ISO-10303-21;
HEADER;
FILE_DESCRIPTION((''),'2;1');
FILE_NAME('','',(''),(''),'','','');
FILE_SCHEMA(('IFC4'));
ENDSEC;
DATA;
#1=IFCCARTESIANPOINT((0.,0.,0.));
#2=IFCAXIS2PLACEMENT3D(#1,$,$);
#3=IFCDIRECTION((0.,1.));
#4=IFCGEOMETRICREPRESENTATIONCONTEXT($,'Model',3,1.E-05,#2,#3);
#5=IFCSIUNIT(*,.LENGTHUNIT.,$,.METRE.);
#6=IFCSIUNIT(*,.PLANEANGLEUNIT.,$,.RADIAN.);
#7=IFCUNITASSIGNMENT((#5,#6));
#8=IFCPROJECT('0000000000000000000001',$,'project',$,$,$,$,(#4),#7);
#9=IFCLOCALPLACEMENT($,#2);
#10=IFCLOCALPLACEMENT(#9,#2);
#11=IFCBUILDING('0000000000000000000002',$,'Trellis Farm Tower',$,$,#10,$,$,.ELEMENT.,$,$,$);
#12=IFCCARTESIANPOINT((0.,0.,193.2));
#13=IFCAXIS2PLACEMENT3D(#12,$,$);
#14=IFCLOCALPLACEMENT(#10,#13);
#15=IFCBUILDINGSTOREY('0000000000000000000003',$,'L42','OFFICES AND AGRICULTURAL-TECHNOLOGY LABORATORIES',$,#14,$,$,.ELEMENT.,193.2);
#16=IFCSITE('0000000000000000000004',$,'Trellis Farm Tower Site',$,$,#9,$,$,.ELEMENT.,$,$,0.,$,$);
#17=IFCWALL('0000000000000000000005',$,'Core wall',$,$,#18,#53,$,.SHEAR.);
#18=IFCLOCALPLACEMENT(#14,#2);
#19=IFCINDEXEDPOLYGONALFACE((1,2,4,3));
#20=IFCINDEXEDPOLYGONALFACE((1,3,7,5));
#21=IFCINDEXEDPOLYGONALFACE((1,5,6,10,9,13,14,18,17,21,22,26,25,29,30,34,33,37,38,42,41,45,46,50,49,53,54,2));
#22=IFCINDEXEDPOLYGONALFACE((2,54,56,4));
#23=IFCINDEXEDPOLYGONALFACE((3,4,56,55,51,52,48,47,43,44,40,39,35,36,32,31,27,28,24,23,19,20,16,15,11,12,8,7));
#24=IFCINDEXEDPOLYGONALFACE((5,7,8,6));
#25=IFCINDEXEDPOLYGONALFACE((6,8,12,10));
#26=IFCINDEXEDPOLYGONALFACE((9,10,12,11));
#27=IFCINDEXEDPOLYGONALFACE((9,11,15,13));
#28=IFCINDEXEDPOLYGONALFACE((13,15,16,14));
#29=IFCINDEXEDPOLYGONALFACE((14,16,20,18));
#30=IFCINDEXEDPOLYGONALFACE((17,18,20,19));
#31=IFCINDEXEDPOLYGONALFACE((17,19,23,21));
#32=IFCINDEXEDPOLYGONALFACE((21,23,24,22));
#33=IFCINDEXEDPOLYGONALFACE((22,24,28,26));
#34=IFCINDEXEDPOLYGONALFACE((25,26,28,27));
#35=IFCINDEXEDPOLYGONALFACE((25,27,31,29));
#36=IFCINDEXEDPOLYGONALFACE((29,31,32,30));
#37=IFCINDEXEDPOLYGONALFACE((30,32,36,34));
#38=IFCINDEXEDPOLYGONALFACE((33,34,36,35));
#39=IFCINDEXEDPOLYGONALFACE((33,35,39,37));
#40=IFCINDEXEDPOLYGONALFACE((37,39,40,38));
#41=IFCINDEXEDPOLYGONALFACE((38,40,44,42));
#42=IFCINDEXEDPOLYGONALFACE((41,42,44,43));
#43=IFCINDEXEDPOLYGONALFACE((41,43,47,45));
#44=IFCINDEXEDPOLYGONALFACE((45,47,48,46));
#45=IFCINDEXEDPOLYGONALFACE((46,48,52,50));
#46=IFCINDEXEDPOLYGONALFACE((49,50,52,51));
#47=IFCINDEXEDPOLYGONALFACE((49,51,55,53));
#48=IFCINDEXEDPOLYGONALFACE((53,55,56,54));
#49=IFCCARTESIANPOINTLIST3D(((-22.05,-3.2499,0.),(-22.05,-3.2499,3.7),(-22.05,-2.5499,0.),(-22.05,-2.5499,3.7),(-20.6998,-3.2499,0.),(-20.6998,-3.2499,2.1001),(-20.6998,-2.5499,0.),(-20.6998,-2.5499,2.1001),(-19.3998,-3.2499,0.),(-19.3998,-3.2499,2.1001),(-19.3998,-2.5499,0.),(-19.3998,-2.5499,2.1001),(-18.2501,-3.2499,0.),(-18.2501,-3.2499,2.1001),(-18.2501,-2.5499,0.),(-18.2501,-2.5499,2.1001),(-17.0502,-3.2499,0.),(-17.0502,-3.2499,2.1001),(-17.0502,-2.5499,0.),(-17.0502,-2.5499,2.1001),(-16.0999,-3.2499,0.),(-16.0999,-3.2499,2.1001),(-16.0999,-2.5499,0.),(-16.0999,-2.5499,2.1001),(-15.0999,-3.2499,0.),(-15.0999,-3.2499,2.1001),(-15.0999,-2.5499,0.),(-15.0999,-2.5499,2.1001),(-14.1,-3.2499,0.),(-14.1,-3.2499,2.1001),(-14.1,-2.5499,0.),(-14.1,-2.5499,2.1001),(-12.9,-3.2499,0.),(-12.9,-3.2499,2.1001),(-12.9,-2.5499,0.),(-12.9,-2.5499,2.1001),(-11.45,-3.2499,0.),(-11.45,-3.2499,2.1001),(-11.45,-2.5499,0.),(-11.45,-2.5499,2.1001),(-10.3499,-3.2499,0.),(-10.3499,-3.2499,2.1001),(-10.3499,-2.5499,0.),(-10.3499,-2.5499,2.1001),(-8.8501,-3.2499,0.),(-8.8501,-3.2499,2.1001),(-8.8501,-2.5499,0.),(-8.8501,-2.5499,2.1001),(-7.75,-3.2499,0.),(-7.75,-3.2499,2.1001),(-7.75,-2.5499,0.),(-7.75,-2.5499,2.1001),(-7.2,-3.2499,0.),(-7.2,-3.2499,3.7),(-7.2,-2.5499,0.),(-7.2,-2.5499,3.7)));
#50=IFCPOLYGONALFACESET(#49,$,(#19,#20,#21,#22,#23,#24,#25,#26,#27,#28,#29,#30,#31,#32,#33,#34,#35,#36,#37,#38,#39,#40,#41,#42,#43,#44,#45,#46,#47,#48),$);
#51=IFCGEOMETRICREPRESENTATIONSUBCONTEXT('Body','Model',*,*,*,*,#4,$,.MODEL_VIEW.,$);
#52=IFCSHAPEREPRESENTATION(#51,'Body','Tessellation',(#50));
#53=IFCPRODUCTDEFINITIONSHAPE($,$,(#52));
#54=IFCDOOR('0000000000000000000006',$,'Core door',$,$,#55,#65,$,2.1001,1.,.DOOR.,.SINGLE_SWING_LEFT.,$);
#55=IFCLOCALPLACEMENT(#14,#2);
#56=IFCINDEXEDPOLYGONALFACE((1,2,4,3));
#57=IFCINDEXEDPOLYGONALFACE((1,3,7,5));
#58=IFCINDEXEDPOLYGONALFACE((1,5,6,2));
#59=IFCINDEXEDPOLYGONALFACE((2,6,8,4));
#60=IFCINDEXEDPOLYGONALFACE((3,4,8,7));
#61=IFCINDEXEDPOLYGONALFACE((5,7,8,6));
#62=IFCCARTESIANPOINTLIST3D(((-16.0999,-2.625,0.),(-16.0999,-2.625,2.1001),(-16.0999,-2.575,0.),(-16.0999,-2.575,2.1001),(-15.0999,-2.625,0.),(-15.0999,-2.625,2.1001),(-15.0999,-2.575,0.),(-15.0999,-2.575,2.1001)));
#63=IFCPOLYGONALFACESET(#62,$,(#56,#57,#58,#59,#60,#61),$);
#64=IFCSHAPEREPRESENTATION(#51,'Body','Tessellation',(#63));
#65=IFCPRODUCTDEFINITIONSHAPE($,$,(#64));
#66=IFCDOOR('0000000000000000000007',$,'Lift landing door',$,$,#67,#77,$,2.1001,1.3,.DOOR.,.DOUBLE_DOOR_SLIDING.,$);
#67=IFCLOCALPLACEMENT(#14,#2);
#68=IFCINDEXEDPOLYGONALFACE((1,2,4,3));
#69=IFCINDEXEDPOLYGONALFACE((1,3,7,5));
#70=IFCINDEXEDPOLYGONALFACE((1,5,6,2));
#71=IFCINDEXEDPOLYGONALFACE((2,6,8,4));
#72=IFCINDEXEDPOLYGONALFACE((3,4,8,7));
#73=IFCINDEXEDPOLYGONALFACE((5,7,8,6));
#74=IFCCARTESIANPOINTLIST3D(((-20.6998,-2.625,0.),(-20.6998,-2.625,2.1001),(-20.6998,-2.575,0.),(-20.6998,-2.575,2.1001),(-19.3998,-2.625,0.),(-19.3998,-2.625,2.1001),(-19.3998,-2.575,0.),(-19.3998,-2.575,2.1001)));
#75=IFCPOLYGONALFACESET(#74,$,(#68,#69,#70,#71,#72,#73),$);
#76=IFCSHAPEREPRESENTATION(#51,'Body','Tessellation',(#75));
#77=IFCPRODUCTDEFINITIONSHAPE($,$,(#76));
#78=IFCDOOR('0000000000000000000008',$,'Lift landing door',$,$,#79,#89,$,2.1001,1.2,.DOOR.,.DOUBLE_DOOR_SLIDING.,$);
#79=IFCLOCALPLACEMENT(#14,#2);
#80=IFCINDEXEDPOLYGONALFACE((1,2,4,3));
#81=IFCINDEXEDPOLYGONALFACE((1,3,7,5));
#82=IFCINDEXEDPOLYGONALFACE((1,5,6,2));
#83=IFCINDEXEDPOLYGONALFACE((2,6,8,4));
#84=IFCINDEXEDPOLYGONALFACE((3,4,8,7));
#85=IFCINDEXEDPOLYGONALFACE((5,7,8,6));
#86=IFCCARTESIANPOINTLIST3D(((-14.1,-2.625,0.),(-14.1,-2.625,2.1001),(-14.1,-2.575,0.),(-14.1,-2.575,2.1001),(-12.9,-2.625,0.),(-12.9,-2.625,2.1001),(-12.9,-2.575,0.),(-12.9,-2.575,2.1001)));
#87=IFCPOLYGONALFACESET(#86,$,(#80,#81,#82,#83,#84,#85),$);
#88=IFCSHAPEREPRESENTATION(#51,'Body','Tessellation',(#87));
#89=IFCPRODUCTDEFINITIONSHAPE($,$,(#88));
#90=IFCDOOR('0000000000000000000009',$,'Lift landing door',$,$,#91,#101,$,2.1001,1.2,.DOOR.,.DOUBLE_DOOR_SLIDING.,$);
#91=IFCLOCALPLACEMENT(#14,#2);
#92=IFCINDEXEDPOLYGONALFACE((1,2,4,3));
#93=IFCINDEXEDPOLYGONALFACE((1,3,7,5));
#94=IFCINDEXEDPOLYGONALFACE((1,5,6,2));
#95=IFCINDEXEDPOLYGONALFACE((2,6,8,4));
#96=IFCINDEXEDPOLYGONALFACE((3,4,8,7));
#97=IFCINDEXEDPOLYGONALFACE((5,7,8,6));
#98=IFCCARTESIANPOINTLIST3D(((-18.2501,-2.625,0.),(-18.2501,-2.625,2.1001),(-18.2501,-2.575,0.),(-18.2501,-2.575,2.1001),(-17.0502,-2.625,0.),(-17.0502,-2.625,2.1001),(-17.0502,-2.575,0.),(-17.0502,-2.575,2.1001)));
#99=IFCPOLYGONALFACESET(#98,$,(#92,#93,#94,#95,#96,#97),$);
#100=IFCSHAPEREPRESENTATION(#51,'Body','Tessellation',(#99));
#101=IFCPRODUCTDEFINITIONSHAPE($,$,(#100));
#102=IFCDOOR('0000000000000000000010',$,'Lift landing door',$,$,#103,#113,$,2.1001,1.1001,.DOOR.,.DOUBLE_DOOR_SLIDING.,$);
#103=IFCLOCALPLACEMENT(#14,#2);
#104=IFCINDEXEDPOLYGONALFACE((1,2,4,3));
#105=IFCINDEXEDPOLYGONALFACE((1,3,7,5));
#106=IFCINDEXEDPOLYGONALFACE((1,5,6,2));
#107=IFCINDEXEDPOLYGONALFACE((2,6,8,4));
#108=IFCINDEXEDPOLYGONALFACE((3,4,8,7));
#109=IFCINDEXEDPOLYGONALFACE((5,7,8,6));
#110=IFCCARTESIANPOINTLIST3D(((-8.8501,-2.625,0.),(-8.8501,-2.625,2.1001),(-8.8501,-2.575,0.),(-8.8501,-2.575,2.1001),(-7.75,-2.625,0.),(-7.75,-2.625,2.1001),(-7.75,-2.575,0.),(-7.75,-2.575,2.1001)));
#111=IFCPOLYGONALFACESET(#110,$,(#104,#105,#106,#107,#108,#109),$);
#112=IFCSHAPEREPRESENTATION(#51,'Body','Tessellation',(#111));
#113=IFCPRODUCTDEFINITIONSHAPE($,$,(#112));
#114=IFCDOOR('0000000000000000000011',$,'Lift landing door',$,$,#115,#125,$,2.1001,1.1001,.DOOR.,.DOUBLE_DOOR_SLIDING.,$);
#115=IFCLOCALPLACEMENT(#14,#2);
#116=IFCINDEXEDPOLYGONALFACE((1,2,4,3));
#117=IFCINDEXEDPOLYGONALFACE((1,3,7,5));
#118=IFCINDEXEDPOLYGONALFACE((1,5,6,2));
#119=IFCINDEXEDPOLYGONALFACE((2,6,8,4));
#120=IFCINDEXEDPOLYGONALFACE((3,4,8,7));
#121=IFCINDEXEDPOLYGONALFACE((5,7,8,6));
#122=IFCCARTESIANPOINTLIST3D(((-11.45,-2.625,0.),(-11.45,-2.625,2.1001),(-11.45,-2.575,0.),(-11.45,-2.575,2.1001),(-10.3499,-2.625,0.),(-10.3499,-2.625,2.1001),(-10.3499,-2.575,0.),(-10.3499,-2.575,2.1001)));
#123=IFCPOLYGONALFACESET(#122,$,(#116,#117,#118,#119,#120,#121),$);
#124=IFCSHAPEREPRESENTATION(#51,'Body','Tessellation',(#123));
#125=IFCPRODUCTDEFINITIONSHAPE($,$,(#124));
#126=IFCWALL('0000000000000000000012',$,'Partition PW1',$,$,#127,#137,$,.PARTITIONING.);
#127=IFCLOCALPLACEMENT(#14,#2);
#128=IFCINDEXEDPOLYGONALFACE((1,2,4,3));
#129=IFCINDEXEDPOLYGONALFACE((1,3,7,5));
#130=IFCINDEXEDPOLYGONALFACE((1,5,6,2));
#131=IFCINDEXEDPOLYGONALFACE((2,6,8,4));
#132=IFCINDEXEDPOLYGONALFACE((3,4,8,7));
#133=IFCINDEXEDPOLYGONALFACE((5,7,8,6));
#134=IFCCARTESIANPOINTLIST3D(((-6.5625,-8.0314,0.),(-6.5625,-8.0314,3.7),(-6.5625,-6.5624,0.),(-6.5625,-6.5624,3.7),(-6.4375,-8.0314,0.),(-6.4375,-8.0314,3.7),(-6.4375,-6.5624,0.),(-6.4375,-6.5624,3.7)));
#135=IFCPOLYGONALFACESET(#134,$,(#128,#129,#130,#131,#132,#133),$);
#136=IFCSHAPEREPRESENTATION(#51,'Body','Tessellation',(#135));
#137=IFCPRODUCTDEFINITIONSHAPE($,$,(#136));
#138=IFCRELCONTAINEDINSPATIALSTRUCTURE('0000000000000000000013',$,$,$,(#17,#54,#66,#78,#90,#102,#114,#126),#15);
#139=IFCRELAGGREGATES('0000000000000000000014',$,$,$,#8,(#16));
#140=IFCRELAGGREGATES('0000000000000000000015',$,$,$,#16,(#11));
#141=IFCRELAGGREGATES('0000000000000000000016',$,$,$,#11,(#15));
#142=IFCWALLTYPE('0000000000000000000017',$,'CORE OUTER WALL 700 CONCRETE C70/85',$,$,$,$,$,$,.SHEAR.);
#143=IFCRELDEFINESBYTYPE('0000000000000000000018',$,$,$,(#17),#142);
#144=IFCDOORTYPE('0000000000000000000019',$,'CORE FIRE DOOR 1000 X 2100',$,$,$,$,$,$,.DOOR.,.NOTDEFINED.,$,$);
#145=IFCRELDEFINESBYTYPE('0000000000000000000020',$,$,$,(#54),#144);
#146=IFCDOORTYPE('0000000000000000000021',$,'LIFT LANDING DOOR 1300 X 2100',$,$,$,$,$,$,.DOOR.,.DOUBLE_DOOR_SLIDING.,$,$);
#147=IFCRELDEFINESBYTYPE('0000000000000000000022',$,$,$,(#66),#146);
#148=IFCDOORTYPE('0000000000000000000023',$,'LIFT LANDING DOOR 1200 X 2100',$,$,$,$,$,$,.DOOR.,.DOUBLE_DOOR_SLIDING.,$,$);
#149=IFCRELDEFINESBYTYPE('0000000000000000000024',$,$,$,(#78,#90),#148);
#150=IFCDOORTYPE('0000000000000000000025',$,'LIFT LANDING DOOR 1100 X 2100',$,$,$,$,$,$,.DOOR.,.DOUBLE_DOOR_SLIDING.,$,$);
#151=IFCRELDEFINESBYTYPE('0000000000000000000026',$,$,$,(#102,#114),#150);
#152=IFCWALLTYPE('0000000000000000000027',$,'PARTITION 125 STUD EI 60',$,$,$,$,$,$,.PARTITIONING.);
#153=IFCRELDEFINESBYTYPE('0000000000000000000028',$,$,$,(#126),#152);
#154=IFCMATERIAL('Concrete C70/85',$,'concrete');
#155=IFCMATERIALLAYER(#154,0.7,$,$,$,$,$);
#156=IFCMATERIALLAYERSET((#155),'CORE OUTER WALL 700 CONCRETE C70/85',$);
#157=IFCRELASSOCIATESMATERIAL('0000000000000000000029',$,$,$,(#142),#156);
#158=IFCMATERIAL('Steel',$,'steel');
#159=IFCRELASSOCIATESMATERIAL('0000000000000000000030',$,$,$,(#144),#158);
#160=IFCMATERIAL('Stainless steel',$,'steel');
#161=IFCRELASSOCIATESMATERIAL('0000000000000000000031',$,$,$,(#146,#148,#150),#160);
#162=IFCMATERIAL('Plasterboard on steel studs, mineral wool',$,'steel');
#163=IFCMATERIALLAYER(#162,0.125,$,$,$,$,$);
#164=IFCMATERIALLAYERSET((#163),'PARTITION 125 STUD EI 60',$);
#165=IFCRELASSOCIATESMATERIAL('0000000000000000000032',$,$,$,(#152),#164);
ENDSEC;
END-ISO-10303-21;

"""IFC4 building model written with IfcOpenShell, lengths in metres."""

from ifc_helpers import new_model, si_unit, direction, frame, frame_2d, origin, place, context, subcontext, project, spatial, rectangle, extrude, source, transform, mapped, material, layer, layer_set, type_object, element, fill, save


model = new_model("IFC4")

# Units and contexts
model_context = context("Model", 3, precision=1e-05, world=origin(), true_north=direction((0.0, 1.0)))
body_context = subcontext(model_context, "Body", "Model", "MODEL_VIEW")
ifc_project = project(units=[si_unit("LENGTHUNIT", "METRE"), si_unit("PLANEANGLEUNIT", "RADIAN")], contexts=[model_context])

# Site, building, storey
site_placement = place(None, origin())
site = spatial("IfcSite", under=ifc_project, at=site_placement, Name="Trellis Farm Tower Site", CompositionType="ELEMENT", RefElevation=0.0)
building_placement = place(site_placement, origin())
building = spatial("IfcBuilding", under=site, at=building_placement, Name="Trellis Farm Tower", CompositionType="ELEMENT")
storey_placement = place(building_placement, frame((0.0, 0.0, 193.2)))
storey = spatial("IfcBuildingStorey", under=building, at=storey_placement, Name="L42", Description="OFFICES AND AGRICULTURAL-TECHNOLOGY LABORATORIES", CompositionType="ELEMENT", Elevation=193.2)

# Shared definitions
ifc_material_1 = material(Name="Concrete C70/85", Category="concrete")

# Wall, openings, doors
ifc_layer_1 = layer(ifc_material_1, 0.7)
ifc_layer_set_1 = layer_set([ifc_layer_1], Name="CORE OUTER WALL 700 CONCRETE C70/85")
wall_type_1 = type_object("IfcWallType", Name="CORE OUTER WALL 700 CONCRETE C70/85", PredefinedType="SHEAR", material=ifc_layer_set_1)
shared_shape_1 = source(origin(), body_context, "Body", "SweptSolid", [
    extrude(rectangle(XDim=14.8501, YDim=0.7, at=frame_2d((7.425, 0.0))), origin(), (0.0, 0.0, 1.0), 3.7),
])
wall_1_placement = place(storey_placement, frame((-7.2, -2.8999, 0.0), z_axis=(0.0, 0.0, 1.0), x_axis=(-1.0, 0.0, 0.0)))
wall_1 = element("IfcWall", 1, at=wall_1_placement, inside=storey, type_object=wall_type_1, Name="Core wall", PredefinedType="SHEAR", context=body_context, shape_type="MappedRepresentation", body=[
    mapped(shared_shape_1, transform((0.0, 0.0, 0.0))),
])
shared_shape_2 = source(origin(), body_context, "Body", "SweptSolid", [
    extrude(rectangle(XDim=1.1001, YDim=2.1001, at=frame_2d((0.55, 1.05))), frame((0.0, 0.3601, 0.0), z_axis=(0.0, -1.0, 0.0), x_axis=(1.0, 0.0, 0.0)), (0.0, 0.0, 1.0), 0.7202),
])
opening_1_placement = place(wall_1_placement, frame((0.55, 0.0, 0.0)))
opening_1 = element("IfcOpeningElement", 2, at=opening_1_placement, cuts=wall_1, PredefinedType="OPENING", context=body_context, shape_type="MappedRepresentation", body=[
    mapped(shared_shape_2, transform((0.0, 0.0, 0.0))),
])
opening_2_placement = place(wall_1_placement, frame((3.1499, 0.0, 0.0)))
opening_2 = element("IfcOpeningElement", 3, at=opening_2_placement, cuts=wall_1, PredefinedType="OPENING", context=body_context, shape_type="MappedRepresentation", body=[
    mapped(shared_shape_2, transform((0.0, 0.0, 0.0))),
])
shared_shape_3 = source(origin(), body_context, "Body", "SweptSolid", [
    extrude(rectangle(XDim=1.2, YDim=2.1001, at=frame_2d((0.6001, 1.05))), frame((0.0, 0.3601, 0.0), z_axis=(0.0, -1.0, 0.0), x_axis=(1.0, 0.0, 0.0)), (0.0, 0.0, 1.0), 0.7202),
])
opening_3_placement = place(wall_1_placement, frame((5.7, 0.0, 0.0)))
opening_3 = element("IfcOpeningElement", 4, at=opening_3_placement, cuts=wall_1, PredefinedType="OPENING", context=body_context, shape_type="MappedRepresentation", body=[
    mapped(shared_shape_3, transform((0.0, 0.0, 0.0))),
])
shared_shape_4 = source(origin(), body_context, "Body", "SweptSolid", [
    extrude(rectangle(XDim=1.3, YDim=2.1001, at=frame_2d((0.6499, 1.05))), frame((0.0, 0.3601, 0.0), z_axis=(0.0, -1.0, 0.0), x_axis=(1.0, 0.0, 0.0)), (0.0, 0.0, 1.0), 0.7202),
])
opening_4_placement = place(wall_1_placement, frame((12.2, 0.0, 0.0)))
opening_4 = element("IfcOpeningElement", 5, at=opening_4_placement, cuts=wall_1, PredefinedType="OPENING", context=body_context, shape_type="MappedRepresentation", body=[
    mapped(shared_shape_4, transform((0.0, 0.0, 0.0))),
])
opening_5_placement = place(wall_1_placement, frame((9.8501, 0.0, 0.0)))
opening_5 = element("IfcOpeningElement", 6, at=opening_5_placement, cuts=wall_1, PredefinedType="OPENING", context=body_context, shape_type="MappedRepresentation", body=[
    mapped(shared_shape_3, transform((0.0, 0.0, 0.0))),
])
shared_shape_5 = source(origin(), body_context, "Body", "SweptSolid", [
    extrude(rectangle(XDim=1.0, YDim=2.1001, at=frame_2d((0.5, 1.05))), frame((0.0, 0.3601, 0.0), z_axis=(0.0, -1.0, 0.0), x_axis=(1.0, 0.0, 0.0)), (0.0, 0.0, 1.0), 0.7202),
])
opening_6_placement = place(wall_1_placement, frame((7.8999, 0.0, 0.0)))
opening_6 = element("IfcOpeningElement", 7, at=opening_6_placement, cuts=wall_1, PredefinedType="OPENING", context=body_context, shape_type="MappedRepresentation", body=[
    mapped(shared_shape_5, transform((0.0, 0.0, 0.0))),
])
ifc_material_2 = material(Name="Steel", Category="steel")
door_type_1 = type_object("IfcDoorType", Name="CORE FIRE DOOR 1000 X 2100", OperationType="NOTDEFINED", PredefinedType="DOOR", material=ifc_material_2)
shared_shape_6 = source(origin(), body_context, "Body", "SweptSolid", [
    extrude(rectangle(XDim=1.0, YDim=2.1001, at=frame_2d((0.5, 1.05))), frame((0.0, -0.2749, 0.0), z_axis=(0.0, -1.0, 0.0), x_axis=(1.0, 0.0, 0.0)), (0.0, 0.0, 1.0), 0.05),
])
door_1_placement = place(opening_6_placement, origin())
door_1 = element("IfcDoor", 8, at=door_1_placement, inside=storey, type_object=door_type_1, Name="Core door", OperationType="SINGLE_SWING_LEFT", OverallHeight=2.1001, OverallWidth=1.0, PredefinedType="DOOR", context=body_context, shape_type="MappedRepresentation", body=[
    mapped(shared_shape_6, transform((0.0, 0.0, 0.0))),
])
fill(opening_6, door_1)
ifc_material_3 = material(Name="Stainless steel", Category="steel")
door_type_2 = type_object("IfcDoorType", Name="LIFT LANDING DOOR 1300 X 2100", OperationType="DOUBLE_DOOR_SLIDING", PredefinedType="DOOR", material=ifc_material_3)
shared_shape_7 = source(origin(), body_context, "Body", "SweptSolid", [
    extrude(rectangle(XDim=1.3, YDim=2.1001, at=frame_2d((0.6499, 1.05))), frame((0.0, -0.2749, 0.0), z_axis=(0.0, -1.0, 0.0), x_axis=(1.0, 0.0, 0.0)), (0.0, 0.0, 1.0), 0.05),
])
door_2_placement = place(opening_4_placement, origin())
door_2 = element("IfcDoor", 9, at=door_2_placement, inside=storey, type_object=door_type_2, Name="Lift landing door", OperationType="DOUBLE_DOOR_SLIDING", OverallHeight=2.1001, OverallWidth=1.3, PredefinedType="DOOR", context=body_context, shape_type="MappedRepresentation", body=[
    mapped(shared_shape_7, transform((0.0, 0.0, 0.0))),
])
fill(opening_4, door_2)
door_type_3 = type_object("IfcDoorType", Name="LIFT LANDING DOOR 1200 X 2100", OperationType="DOUBLE_DOOR_SLIDING", PredefinedType="DOOR", material=ifc_material_3)
shared_shape_8 = source(origin(), body_context, "Body", "SweptSolid", [
    extrude(rectangle(XDim=1.2, YDim=2.1001, at=frame_2d((0.6001, 1.05))), frame((0.0, -0.2749, 0.0), z_axis=(0.0, -1.0, 0.0), x_axis=(1.0, 0.0, 0.0)), (0.0, 0.0, 1.0), 0.05),
])
door_3_placement = place(opening_3_placement, origin())
door_3 = element("IfcDoor", 10, at=door_3_placement, inside=storey, type_object=door_type_3, Name="Lift landing door", OperationType="DOUBLE_DOOR_SLIDING", OverallHeight=2.1001, OverallWidth=1.2, PredefinedType="DOOR", context=body_context, shape_type="MappedRepresentation", body=[
    mapped(shared_shape_8, transform((0.0, 0.0, 0.0))),
])
fill(opening_3, door_3)
door_4_placement = place(opening_5_placement, origin())
door_4 = element("IfcDoor", 11, at=door_4_placement, inside=storey, type_object=door_type_3, Name="Lift landing door", OperationType="DOUBLE_DOOR_SLIDING", OverallHeight=2.1001, OverallWidth=1.2, PredefinedType="DOOR", context=body_context, shape_type="MappedRepresentation", body=[
    mapped(shared_shape_8, transform((0.0, 0.0, 0.0))),
])
fill(opening_5, door_4)
door_type_4 = type_object("IfcDoorType", Name="LIFT LANDING DOOR 1100 X 2100", OperationType="DOUBLE_DOOR_SLIDING", PredefinedType="DOOR", material=ifc_material_3)
shared_shape_9 = source(origin(), body_context, "Body", "SweptSolid", [
    extrude(rectangle(XDim=1.1001, YDim=2.1001, at=frame_2d((0.55, 1.05))), frame((0.0, -0.2749, 0.0), z_axis=(0.0, -1.0, 0.0), x_axis=(1.0, 0.0, 0.0)), (0.0, 0.0, 1.0), 0.05),
])
door_5_placement = place(opening_1_placement, origin())
door_5 = element("IfcDoor", 12, at=door_5_placement, inside=storey, type_object=door_type_4, Name="Lift landing door", OperationType="DOUBLE_DOOR_SLIDING", OverallHeight=2.1001, OverallWidth=1.1001, PredefinedType="DOOR", context=body_context, shape_type="MappedRepresentation", body=[
    mapped(shared_shape_9, transform((0.0, 0.0, 0.0))),
])
fill(opening_1, door_5)
door_6_placement = place(opening_2_placement, origin())
door_6 = element("IfcDoor", 13, at=door_6_placement, inside=storey, type_object=door_type_4, Name="Lift landing door", OperationType="DOUBLE_DOOR_SLIDING", OverallHeight=2.1001, OverallWidth=1.1001, PredefinedType="DOOR", context=body_context, shape_type="MappedRepresentation", body=[
    mapped(shared_shape_9, transform((0.0, 0.0, 0.0))),
])
fill(opening_2, door_6)

# Wall
ifc_material_4 = material(Name="Plasterboard on steel studs, mineral wool", Category="steel")
ifc_layer_2 = layer(ifc_material_4, 0.125)
ifc_layer_set_2 = layer_set([ifc_layer_2], Name="PARTITION 125 STUD EI 60")
wall_type_2 = type_object("IfcWallType", Name="PARTITION 125 STUD EI 60", PredefinedType="PARTITIONING", material=ifc_layer_set_2)
shared_shape_10 = source(origin(), body_context, "Body", "SweptSolid", [
    extrude(rectangle(XDim=1.469, YDim=0.125, at=frame_2d((0.7344, 0.0))), origin(), (0.0, 0.0, 1.0), 3.7),
])
wall_2_placement = place(storey_placement, frame((-6.5, -6.5625, 0.0), z_axis=(0.0, 0.0, 1.0), x_axis=(0.0, -1.0, 0.0)))
element("IfcWall", 14, at=wall_2_placement, inside=storey, type_object=wall_type_2, Name="Partition PW1", PredefinedType="PARTITIONING", context=body_context, shape_type="MappedRepresentation", body=[
    mapped(shared_shape_10, transform((0.0, 0.0, 0.0))),
])

save(model, "model.ifc")
